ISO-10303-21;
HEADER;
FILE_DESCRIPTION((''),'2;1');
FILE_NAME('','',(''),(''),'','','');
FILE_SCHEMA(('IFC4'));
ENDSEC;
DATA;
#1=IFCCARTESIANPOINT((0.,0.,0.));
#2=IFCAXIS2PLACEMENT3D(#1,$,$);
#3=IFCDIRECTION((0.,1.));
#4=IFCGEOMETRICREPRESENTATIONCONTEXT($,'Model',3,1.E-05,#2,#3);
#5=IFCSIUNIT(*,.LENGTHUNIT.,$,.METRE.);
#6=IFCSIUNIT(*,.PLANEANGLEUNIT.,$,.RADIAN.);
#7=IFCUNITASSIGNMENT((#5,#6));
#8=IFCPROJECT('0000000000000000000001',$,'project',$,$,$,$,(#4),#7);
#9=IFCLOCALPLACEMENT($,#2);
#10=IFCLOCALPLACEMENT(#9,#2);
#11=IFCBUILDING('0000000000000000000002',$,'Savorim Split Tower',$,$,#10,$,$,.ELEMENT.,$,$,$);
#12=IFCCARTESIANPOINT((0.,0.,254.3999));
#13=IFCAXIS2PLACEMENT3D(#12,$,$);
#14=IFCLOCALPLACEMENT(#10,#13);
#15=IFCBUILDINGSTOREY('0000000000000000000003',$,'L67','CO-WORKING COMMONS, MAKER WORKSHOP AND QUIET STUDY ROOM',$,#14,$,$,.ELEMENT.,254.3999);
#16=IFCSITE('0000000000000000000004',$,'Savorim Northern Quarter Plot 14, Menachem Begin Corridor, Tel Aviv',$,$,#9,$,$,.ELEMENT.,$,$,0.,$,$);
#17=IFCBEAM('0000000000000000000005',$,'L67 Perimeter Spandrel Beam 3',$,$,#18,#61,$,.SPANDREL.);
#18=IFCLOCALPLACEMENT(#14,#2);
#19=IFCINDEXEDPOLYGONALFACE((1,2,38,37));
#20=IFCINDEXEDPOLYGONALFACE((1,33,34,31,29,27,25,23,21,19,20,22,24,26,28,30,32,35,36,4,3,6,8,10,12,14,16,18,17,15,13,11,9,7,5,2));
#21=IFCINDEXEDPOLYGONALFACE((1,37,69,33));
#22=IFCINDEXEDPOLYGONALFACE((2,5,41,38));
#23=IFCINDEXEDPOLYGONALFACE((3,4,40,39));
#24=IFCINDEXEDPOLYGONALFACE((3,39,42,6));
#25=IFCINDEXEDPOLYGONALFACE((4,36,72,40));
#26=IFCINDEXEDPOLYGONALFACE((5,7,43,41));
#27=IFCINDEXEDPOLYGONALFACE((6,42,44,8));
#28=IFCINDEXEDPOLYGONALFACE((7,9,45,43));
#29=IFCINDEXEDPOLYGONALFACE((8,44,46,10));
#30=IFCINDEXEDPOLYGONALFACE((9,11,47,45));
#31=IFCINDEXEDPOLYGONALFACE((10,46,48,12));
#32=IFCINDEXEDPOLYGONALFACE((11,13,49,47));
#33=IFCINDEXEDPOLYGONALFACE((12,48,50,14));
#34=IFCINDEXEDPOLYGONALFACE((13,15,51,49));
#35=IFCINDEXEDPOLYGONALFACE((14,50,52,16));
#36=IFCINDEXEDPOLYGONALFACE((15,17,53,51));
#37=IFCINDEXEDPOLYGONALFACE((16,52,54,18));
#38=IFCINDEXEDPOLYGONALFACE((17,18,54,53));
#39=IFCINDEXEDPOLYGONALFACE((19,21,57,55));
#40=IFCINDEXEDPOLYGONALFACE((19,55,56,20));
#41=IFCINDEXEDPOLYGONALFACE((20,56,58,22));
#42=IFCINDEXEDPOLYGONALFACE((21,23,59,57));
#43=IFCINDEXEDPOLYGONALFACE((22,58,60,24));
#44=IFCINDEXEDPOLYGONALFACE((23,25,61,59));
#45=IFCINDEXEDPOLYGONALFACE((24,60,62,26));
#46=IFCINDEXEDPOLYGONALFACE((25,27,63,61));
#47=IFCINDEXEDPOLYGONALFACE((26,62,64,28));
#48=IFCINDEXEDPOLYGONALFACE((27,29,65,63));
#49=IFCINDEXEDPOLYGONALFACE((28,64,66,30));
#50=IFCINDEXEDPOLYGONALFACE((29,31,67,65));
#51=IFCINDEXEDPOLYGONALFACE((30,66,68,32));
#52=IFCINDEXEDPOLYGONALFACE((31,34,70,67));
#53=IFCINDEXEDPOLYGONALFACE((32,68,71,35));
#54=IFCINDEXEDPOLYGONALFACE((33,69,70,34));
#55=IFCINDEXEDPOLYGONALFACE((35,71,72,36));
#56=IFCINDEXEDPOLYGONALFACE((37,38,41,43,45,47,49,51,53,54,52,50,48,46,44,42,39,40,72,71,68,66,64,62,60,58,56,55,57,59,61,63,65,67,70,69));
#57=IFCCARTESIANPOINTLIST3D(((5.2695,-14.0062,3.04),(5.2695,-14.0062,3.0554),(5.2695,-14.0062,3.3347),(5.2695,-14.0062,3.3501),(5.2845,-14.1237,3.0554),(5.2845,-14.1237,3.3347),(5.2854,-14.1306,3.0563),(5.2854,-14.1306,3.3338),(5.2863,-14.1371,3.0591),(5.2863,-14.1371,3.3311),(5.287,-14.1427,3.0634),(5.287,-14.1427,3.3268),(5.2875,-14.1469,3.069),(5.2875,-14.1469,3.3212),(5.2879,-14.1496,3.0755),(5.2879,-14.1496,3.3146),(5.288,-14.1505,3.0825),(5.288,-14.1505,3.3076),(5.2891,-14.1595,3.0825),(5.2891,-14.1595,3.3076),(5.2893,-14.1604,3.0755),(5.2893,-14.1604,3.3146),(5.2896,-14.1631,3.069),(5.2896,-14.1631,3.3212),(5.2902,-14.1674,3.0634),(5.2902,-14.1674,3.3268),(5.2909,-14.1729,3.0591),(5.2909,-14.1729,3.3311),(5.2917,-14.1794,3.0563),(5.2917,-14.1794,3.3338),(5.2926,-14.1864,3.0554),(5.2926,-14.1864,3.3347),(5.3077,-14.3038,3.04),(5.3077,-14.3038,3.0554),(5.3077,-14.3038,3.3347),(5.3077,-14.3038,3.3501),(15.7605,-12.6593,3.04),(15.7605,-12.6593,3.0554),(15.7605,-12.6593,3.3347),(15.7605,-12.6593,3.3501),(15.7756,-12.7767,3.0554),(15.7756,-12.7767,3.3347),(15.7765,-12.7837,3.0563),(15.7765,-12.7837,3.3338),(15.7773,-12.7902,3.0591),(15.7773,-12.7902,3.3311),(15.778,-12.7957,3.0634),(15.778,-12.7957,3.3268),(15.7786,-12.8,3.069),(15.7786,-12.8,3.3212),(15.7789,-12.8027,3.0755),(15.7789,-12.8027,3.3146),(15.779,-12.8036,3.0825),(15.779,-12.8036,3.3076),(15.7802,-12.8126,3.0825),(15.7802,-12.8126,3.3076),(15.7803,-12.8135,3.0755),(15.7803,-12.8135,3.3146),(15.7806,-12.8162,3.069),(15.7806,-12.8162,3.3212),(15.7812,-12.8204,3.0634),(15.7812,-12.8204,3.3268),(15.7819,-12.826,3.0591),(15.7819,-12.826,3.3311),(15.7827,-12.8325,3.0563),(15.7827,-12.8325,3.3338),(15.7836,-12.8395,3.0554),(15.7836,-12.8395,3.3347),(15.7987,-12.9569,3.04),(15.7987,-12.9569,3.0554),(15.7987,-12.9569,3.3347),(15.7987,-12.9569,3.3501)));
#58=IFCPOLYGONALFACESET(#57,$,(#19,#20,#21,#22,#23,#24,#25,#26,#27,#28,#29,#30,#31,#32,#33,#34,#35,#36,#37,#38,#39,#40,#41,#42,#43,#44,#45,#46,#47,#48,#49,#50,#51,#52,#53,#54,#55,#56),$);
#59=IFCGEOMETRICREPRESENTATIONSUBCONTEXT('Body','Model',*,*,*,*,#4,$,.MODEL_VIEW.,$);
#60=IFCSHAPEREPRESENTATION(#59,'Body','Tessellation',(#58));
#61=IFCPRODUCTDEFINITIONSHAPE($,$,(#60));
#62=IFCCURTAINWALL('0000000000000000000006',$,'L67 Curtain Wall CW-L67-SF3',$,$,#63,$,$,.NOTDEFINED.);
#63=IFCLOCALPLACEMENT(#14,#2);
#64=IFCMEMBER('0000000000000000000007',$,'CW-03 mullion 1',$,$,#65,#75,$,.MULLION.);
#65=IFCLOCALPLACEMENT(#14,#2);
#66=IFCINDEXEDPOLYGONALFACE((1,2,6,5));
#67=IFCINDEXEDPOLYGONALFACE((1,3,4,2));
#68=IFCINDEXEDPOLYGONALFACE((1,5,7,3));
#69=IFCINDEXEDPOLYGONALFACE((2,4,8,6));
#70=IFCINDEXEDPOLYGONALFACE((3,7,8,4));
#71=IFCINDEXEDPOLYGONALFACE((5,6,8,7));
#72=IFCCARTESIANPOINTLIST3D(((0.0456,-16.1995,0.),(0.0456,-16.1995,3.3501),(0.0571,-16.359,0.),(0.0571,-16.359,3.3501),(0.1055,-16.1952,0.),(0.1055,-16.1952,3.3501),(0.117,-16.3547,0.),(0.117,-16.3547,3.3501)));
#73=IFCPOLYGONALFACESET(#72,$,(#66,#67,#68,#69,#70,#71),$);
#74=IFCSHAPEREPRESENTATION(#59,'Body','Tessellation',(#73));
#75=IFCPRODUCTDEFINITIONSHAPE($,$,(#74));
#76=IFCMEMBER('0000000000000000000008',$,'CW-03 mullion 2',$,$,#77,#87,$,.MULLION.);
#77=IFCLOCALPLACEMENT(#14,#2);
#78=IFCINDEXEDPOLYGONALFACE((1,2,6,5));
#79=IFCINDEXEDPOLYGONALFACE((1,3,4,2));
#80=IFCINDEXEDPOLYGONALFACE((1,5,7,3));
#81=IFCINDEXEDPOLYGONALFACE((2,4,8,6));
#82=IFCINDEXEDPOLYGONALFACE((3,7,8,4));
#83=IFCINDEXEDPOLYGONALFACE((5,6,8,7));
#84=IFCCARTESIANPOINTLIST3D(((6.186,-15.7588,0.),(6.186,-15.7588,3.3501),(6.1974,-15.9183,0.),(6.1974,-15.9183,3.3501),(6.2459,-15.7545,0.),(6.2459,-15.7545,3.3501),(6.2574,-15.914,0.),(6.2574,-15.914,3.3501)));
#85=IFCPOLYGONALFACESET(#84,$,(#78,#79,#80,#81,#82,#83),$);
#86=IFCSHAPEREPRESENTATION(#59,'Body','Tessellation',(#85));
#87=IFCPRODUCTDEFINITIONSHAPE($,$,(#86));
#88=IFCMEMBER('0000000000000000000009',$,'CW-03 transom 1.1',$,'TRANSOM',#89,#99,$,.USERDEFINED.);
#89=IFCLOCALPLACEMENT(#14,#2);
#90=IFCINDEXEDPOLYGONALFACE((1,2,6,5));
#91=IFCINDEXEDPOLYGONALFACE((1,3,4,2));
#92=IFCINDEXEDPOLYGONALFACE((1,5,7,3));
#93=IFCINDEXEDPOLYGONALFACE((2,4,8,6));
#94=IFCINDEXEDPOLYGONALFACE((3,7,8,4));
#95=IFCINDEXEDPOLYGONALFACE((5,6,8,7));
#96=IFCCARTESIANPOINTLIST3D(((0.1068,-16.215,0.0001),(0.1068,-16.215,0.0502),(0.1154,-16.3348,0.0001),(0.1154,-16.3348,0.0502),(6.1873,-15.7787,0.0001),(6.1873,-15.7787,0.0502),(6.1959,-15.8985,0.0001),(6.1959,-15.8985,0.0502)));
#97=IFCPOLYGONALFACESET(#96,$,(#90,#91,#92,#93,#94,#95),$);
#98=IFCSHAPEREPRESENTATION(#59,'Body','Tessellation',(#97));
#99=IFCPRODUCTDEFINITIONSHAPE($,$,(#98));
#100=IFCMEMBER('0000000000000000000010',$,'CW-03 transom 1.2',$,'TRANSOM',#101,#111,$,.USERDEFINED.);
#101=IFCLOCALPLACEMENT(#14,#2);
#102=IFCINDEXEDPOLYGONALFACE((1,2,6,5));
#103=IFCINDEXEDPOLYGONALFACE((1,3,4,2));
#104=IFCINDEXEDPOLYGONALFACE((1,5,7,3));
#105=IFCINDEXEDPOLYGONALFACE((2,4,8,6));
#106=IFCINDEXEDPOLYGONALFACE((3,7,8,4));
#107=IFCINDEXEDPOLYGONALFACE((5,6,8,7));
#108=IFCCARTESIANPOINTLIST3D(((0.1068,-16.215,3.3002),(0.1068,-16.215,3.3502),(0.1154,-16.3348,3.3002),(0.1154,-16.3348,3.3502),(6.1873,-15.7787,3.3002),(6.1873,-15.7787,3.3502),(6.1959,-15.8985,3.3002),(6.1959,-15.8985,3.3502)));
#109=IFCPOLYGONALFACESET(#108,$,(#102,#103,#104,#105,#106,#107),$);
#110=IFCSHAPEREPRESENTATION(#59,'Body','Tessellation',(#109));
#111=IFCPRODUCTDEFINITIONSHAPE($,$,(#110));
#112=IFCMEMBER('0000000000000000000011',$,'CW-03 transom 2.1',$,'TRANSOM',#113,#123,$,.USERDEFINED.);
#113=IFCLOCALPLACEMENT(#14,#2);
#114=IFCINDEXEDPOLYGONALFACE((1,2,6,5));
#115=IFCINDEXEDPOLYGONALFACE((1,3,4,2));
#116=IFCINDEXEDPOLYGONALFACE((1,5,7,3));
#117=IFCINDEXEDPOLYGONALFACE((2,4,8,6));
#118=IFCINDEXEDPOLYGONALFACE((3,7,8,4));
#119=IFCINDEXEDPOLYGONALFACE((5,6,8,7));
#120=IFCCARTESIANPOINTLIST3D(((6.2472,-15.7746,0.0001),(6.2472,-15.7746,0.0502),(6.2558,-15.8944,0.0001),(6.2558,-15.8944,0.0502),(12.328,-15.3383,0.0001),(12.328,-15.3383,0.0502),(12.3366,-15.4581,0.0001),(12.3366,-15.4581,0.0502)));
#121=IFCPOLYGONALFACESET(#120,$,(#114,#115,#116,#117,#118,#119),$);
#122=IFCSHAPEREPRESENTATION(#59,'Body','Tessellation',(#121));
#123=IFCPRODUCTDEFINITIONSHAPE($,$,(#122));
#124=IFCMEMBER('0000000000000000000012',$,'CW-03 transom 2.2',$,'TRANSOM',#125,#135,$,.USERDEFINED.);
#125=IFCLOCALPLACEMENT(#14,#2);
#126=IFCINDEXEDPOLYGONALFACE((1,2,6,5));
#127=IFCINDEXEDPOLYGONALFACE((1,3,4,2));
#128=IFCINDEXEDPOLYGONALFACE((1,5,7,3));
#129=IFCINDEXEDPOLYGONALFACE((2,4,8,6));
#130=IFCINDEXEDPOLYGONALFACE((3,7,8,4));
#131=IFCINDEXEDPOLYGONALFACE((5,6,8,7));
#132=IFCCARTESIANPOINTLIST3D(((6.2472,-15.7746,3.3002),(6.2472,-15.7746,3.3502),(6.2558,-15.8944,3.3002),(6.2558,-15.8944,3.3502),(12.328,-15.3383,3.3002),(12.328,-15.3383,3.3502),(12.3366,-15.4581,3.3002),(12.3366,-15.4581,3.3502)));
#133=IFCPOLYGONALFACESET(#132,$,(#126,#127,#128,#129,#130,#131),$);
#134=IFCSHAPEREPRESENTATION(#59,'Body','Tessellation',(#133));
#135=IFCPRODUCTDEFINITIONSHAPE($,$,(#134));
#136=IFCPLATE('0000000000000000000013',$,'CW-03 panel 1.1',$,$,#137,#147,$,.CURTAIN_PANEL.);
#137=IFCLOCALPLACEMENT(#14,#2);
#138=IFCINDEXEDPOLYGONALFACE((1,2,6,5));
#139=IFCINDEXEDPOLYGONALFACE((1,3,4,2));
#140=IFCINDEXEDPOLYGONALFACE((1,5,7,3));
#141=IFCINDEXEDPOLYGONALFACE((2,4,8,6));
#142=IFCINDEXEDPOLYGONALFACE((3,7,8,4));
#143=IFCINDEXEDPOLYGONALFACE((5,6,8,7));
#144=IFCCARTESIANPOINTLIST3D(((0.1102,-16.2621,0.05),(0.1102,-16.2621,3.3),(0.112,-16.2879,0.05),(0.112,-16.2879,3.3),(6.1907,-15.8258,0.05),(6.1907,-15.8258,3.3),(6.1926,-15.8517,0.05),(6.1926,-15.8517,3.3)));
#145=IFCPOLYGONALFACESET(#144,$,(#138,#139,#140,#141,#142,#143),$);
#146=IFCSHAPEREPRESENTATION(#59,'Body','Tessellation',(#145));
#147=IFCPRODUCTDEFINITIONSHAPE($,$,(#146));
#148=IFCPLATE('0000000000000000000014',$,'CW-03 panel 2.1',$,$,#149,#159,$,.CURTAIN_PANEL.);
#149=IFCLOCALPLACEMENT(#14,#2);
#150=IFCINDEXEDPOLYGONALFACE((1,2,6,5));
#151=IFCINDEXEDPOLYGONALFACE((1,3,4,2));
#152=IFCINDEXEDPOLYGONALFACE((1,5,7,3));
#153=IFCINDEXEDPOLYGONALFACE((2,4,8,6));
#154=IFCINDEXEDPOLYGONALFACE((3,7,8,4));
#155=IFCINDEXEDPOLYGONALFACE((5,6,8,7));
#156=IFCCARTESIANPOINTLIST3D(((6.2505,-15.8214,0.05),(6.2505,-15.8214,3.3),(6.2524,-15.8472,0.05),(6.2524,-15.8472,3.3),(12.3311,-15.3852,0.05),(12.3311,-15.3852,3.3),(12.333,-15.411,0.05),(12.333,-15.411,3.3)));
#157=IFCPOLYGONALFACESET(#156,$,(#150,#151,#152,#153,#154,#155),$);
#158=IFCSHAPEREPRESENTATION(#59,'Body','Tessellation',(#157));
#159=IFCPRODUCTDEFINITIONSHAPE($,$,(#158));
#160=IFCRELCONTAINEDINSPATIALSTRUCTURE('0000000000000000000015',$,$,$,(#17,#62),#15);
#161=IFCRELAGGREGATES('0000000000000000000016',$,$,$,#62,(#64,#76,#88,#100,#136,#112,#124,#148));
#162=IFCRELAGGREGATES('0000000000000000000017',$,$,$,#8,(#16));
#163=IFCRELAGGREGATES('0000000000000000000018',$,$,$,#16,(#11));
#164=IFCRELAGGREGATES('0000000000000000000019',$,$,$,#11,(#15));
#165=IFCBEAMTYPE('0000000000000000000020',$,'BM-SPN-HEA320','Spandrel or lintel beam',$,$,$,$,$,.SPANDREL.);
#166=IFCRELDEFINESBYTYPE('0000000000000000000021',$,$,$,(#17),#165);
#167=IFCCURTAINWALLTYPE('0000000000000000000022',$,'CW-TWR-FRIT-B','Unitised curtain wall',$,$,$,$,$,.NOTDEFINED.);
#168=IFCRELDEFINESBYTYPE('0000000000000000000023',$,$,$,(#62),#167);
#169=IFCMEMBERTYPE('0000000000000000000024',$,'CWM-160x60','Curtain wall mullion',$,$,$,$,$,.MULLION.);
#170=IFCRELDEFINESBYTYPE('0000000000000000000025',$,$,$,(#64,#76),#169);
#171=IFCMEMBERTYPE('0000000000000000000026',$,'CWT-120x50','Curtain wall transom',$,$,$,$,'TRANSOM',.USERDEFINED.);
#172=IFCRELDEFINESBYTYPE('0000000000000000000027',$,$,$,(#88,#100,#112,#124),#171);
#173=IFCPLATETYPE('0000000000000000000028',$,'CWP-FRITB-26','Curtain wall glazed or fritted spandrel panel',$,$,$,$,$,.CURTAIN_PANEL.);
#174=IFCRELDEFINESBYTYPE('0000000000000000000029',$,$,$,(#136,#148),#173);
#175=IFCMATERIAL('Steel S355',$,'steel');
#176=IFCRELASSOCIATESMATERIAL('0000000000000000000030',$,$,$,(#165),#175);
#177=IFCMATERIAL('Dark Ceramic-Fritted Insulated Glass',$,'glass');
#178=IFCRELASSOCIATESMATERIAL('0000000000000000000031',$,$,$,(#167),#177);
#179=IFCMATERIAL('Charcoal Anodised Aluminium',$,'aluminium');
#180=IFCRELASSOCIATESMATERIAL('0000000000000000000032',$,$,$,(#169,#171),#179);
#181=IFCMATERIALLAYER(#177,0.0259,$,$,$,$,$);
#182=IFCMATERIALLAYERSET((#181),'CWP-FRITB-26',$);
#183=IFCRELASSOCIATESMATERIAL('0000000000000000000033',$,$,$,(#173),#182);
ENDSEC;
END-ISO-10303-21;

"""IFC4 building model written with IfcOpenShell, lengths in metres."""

from ifc_helpers import new_model, si_unit, direction, frame, origin, origin_2d, place, context, subcontext, project, spatial, rectangle, i_section, extrude, material, layer, layer_set, material_profile, profile_set, type_object, element, aggregate, save


model = new_model("IFC4")

# Units and contexts
model_context = context("Model", 3, precision=1e-05, world=origin(), true_north=direction((0.0, 1.0)))
body_context = subcontext(model_context, "Body", "Model", "MODEL_VIEW")
ifc_project = project(units=[si_unit("LENGTHUNIT", "METRE"), si_unit("PLANEANGLEUNIT", "RADIAN")], contexts=[model_context])

# Site, building, storey
site_placement = place(None, origin())
site = spatial("IfcSite", under=ifc_project, at=site_placement, Name="Savorim Northern Quarter Plot 14, Menachem Begin Corridor, Tel Aviv", CompositionType="ELEMENT", RefElevation=0.0)
building_placement = place(site_placement, origin())
building = spatial("IfcBuilding", under=site, at=building_placement, Name="Savorim Split Tower", CompositionType="ELEMENT")
storey_placement = place(building_placement, frame((0.0, 0.0, 254.3999)))
storey = spatial("IfcBuildingStorey", under=building, at=storey_placement, Name="L67", Description="CO-WORKING COMMONS, MAKER WORKSHOP AND QUIET STUDY ROOM", CompositionType="ELEMENT", Elevation=254.3999)

# Shared definitions
ifc_material_1 = material(Name="Steel S355", Category="steel")

# Beam
ifc_material_profile_1 = material_profile(ifc_material_1, i_section(OverallWidth=0.3, OverallDepth=0.3101, WebThickness=0.009, FlangeThickness=0.0154, FilletRadius=0.0271, at=origin_2d()), Name="HEA 320")
ifc_profile_set_1 = profile_set([ifc_material_profile_1], Name="Steel S355")
beam_type_1 = type_object("IfcBeamType", Name="BM-SPN-HEA320", Description="Spandrel or lintel beam", PredefinedType="SPANDREL", material=ifc_profile_set_1)
beam_1_placement = place(storey_placement, frame((5.2886, -14.155, 3.1951), z_axis=(0.991859, 0.127344, 0.0), x_axis=(-0.127344, 0.991859, 0.0)))
element("IfcBeam", 1, at=beam_1_placement, inside=storey, type_object=beam_type_1, Name="L67 Perimeter Spandrel Beam 3", PredefinedType="SPANDREL", context=body_context, shape_type="SweptSolid", body=[
    extrude(i_section(OverallWidth=0.3, OverallDepth=0.3101, WebThickness=0.009, FlangeThickness=0.0154, FilletRadius=0.0271, at=origin_2d()), origin(), (0.0, 0.0, 1.0), 10.5771),
])

# Curtain wall, members, plates
ifc_material_2 = material(Name="Dark Ceramic-Fritted Insulated Glass", Category="glass")
curtain_wall_type = type_object("IfcCurtainWallType", Name="CW-TWR-FRIT-B", Description="Unitised curtain wall", PredefinedType="NOTDEFINED", material=ifc_material_2)
curtain_wall_placement = place(storey_placement, origin())
curtain_wall = element("IfcCurtainWall", 2, at=curtain_wall_placement, inside=storey, type_object=curtain_wall_type, Name="L67 Curtain Wall CW-L67-SF3", PredefinedType="NOTDEFINED")
ifc_material_3 = material(Name="Charcoal Anodised Aluminium", Category="aluminium")
ifc_material_profile_2 = material_profile(ifc_material_3, rectangle(XDim=0.1599, YDim=0.0601, at=origin_2d()), Name="ALU-M 160x60")
ifc_profile_set_2 = profile_set([ifc_material_profile_2], Name="Charcoal Anodised Aluminium")
member_type_1 = type_object("IfcMemberType", Name="CWM-160x60", Description="Curtain wall mullion", PredefinedType="MULLION", material=ifc_profile_set_2)
member_1_placement = place(storey_placement, frame((0.0813, -16.2771, 0.0), z_axis=(0.0, 0.0, 1.0), x_axis=(-0.071562, 0.997436, 0.0)))
member_1 = element("IfcMember", 3, at=member_1_placement, type_object=member_type_1, Name="CW-03 mullion 1", PredefinedType="MULLION", context=body_context, shape_type="SweptSolid", body=[
    extrude(rectangle(XDim=0.1599, YDim=0.0601, at=origin_2d()), origin(), (0.0, 0.0, 1.0), 3.3501),
])
member_2_placement = place(storey_placement, frame((6.2217, -15.8364, 0.0), z_axis=(0.0, 0.0, 1.0), x_axis=(-0.071562, 0.997436, 0.0)))
member_2 = element("IfcMember", 4, at=member_2_placement, type_object=member_type_1, Name="CW-03 mullion 2", PredefinedType="MULLION", context=body_context, shape_type="SweptSolid", body=[
    extrude(rectangle(XDim=0.1599, YDim=0.0601, at=origin_2d()), origin(), (0.0, 0.0, 1.0), 3.3501),
])
ifc_material_profile_3 = material_profile(ifc_material_3, rectangle(XDim=0.1201, YDim=0.05, at=origin_2d()), Name="ALU-T 120x50")
ifc_profile_set_3 = profile_set([ifc_material_profile_3], Name="Charcoal Anodised Aluminium")
member_type_2 = type_object("IfcMemberType", Name="CWT-120x50", Description="Curtain wall transom", ElementType="TRANSOM", PredefinedType="USERDEFINED", material=ifc_profile_set_3)
member_3_placement = place(storey_placement, frame((0.1111, -16.2749, 0.0251), z_axis=(0.997436, 0.071566, 0.0), x_axis=(-0.071566, 0.997436, 0.0)))
member_3 = element("IfcMember", 5, at=member_3_placement, type_object=member_type_2, Name="CW-03 transom 1.1", ObjectType="TRANSOM", PredefinedType="USERDEFINED", context=body_context, shape_type="SweptSolid", body=[
    extrude(rectangle(XDim=0.1201, YDim=0.05, at=origin_2d()), origin(), (0.0, 0.0, 1.0), 6.0962),
])
member_4_placement = place(storey_placement, frame((0.1111, -16.2749, 3.3252), z_axis=(0.997436, 0.071566, 0.0), x_axis=(-0.071566, 0.997436, 0.0)))
member_4 = element("IfcMember", 6, at=member_4_placement, type_object=member_type_2, Name="CW-03 transom 1.2", ObjectType="TRANSOM", PredefinedType="USERDEFINED", context=body_context, shape_type="SweptSolid", body=[
    extrude(rectangle(XDim=0.1201, YDim=0.05, at=origin_2d()), origin(), (0.0, 0.0, 1.0), 6.0962),
])
member_5_placement = place(storey_placement, frame((6.2515, -15.8345, 0.0251), z_axis=(0.997436, 0.071563, 0.0), x_axis=(-0.071563, 0.997436, 0.0)))
member_5 = element("IfcMember", 7, at=member_5_placement, type_object=member_type_2, Name="CW-03 transom 2.1", ObjectType="TRANSOM", PredefinedType="USERDEFINED", context=body_context, shape_type="SweptSolid", body=[
    extrude(rectangle(XDim=0.1201, YDim=0.05, at=origin_2d()), origin(), (0.0, 0.0, 1.0), 6.0964),
])
member_6_placement = place(storey_placement, frame((6.2515, -15.8345, 3.3252), z_axis=(0.997436, 0.071563, 0.0), x_axis=(-0.071563, 0.997436, 0.0)))
member_6 = element("IfcMember", 8, at=member_6_placement, type_object=member_type_2, Name="CW-03 transom 2.2", ObjectType="TRANSOM", PredefinedType="USERDEFINED", context=body_context, shape_type="SweptSolid", body=[
    extrude(rectangle(XDim=0.1201, YDim=0.05, at=origin_2d()), origin(), (0.0, 0.0, 1.0), 6.0964),
])
ifc_layer_1 = layer(ifc_material_2, 0.0259)
ifc_layer_set_1 = layer_set([ifc_layer_1], Name="CWP-FRITB-26")
plate_type = type_object("IfcPlateType", Name="CWP-FRITB-26", Description="Curtain wall glazed or fritted spandrel panel", PredefinedType="CURTAIN_PANEL", material=ifc_layer_set_1)
plate_1_placement = place(storey_placement, frame((3.1514, -16.0569, 0.05), z_axis=(0.0, 0.0, 1.0), x_axis=(0.997436, 0.071562, 0.0)))
plate_1 = element("IfcPlate", 9, at=plate_1_placement, type_object=plate_type, Name="CW-03 panel 1.1", PredefinedType="CURTAIN_PANEL", context=body_context, shape_type="SweptSolid", body=[
    extrude(rectangle(XDim=6.0962, YDim=0.0259, at=origin_2d()), origin(), (0.0, 0.0, 1.0), 3.25),
])
plate_2_placement = place(storey_placement, frame((9.2917, -15.6162, 0.05), z_axis=(0.0, 0.0, 1.0), x_axis=(0.997436, 0.071562, 0.0)))
plate_2 = element("IfcPlate", 10, at=plate_2_placement, type_object=plate_type, Name="CW-03 panel 2.1", PredefinedType="CURTAIN_PANEL", context=body_context, shape_type="SweptSolid", body=[
    extrude(rectangle(XDim=6.0962, YDim=0.0259, at=origin_2d()), origin(), (0.0, 0.0, 1.0), 3.25),
])
aggregate(curtain_wall, [member_1, member_2, member_3, member_4, plate_1, member_5, member_6, plate_2])

save(model, "model.ifc")
